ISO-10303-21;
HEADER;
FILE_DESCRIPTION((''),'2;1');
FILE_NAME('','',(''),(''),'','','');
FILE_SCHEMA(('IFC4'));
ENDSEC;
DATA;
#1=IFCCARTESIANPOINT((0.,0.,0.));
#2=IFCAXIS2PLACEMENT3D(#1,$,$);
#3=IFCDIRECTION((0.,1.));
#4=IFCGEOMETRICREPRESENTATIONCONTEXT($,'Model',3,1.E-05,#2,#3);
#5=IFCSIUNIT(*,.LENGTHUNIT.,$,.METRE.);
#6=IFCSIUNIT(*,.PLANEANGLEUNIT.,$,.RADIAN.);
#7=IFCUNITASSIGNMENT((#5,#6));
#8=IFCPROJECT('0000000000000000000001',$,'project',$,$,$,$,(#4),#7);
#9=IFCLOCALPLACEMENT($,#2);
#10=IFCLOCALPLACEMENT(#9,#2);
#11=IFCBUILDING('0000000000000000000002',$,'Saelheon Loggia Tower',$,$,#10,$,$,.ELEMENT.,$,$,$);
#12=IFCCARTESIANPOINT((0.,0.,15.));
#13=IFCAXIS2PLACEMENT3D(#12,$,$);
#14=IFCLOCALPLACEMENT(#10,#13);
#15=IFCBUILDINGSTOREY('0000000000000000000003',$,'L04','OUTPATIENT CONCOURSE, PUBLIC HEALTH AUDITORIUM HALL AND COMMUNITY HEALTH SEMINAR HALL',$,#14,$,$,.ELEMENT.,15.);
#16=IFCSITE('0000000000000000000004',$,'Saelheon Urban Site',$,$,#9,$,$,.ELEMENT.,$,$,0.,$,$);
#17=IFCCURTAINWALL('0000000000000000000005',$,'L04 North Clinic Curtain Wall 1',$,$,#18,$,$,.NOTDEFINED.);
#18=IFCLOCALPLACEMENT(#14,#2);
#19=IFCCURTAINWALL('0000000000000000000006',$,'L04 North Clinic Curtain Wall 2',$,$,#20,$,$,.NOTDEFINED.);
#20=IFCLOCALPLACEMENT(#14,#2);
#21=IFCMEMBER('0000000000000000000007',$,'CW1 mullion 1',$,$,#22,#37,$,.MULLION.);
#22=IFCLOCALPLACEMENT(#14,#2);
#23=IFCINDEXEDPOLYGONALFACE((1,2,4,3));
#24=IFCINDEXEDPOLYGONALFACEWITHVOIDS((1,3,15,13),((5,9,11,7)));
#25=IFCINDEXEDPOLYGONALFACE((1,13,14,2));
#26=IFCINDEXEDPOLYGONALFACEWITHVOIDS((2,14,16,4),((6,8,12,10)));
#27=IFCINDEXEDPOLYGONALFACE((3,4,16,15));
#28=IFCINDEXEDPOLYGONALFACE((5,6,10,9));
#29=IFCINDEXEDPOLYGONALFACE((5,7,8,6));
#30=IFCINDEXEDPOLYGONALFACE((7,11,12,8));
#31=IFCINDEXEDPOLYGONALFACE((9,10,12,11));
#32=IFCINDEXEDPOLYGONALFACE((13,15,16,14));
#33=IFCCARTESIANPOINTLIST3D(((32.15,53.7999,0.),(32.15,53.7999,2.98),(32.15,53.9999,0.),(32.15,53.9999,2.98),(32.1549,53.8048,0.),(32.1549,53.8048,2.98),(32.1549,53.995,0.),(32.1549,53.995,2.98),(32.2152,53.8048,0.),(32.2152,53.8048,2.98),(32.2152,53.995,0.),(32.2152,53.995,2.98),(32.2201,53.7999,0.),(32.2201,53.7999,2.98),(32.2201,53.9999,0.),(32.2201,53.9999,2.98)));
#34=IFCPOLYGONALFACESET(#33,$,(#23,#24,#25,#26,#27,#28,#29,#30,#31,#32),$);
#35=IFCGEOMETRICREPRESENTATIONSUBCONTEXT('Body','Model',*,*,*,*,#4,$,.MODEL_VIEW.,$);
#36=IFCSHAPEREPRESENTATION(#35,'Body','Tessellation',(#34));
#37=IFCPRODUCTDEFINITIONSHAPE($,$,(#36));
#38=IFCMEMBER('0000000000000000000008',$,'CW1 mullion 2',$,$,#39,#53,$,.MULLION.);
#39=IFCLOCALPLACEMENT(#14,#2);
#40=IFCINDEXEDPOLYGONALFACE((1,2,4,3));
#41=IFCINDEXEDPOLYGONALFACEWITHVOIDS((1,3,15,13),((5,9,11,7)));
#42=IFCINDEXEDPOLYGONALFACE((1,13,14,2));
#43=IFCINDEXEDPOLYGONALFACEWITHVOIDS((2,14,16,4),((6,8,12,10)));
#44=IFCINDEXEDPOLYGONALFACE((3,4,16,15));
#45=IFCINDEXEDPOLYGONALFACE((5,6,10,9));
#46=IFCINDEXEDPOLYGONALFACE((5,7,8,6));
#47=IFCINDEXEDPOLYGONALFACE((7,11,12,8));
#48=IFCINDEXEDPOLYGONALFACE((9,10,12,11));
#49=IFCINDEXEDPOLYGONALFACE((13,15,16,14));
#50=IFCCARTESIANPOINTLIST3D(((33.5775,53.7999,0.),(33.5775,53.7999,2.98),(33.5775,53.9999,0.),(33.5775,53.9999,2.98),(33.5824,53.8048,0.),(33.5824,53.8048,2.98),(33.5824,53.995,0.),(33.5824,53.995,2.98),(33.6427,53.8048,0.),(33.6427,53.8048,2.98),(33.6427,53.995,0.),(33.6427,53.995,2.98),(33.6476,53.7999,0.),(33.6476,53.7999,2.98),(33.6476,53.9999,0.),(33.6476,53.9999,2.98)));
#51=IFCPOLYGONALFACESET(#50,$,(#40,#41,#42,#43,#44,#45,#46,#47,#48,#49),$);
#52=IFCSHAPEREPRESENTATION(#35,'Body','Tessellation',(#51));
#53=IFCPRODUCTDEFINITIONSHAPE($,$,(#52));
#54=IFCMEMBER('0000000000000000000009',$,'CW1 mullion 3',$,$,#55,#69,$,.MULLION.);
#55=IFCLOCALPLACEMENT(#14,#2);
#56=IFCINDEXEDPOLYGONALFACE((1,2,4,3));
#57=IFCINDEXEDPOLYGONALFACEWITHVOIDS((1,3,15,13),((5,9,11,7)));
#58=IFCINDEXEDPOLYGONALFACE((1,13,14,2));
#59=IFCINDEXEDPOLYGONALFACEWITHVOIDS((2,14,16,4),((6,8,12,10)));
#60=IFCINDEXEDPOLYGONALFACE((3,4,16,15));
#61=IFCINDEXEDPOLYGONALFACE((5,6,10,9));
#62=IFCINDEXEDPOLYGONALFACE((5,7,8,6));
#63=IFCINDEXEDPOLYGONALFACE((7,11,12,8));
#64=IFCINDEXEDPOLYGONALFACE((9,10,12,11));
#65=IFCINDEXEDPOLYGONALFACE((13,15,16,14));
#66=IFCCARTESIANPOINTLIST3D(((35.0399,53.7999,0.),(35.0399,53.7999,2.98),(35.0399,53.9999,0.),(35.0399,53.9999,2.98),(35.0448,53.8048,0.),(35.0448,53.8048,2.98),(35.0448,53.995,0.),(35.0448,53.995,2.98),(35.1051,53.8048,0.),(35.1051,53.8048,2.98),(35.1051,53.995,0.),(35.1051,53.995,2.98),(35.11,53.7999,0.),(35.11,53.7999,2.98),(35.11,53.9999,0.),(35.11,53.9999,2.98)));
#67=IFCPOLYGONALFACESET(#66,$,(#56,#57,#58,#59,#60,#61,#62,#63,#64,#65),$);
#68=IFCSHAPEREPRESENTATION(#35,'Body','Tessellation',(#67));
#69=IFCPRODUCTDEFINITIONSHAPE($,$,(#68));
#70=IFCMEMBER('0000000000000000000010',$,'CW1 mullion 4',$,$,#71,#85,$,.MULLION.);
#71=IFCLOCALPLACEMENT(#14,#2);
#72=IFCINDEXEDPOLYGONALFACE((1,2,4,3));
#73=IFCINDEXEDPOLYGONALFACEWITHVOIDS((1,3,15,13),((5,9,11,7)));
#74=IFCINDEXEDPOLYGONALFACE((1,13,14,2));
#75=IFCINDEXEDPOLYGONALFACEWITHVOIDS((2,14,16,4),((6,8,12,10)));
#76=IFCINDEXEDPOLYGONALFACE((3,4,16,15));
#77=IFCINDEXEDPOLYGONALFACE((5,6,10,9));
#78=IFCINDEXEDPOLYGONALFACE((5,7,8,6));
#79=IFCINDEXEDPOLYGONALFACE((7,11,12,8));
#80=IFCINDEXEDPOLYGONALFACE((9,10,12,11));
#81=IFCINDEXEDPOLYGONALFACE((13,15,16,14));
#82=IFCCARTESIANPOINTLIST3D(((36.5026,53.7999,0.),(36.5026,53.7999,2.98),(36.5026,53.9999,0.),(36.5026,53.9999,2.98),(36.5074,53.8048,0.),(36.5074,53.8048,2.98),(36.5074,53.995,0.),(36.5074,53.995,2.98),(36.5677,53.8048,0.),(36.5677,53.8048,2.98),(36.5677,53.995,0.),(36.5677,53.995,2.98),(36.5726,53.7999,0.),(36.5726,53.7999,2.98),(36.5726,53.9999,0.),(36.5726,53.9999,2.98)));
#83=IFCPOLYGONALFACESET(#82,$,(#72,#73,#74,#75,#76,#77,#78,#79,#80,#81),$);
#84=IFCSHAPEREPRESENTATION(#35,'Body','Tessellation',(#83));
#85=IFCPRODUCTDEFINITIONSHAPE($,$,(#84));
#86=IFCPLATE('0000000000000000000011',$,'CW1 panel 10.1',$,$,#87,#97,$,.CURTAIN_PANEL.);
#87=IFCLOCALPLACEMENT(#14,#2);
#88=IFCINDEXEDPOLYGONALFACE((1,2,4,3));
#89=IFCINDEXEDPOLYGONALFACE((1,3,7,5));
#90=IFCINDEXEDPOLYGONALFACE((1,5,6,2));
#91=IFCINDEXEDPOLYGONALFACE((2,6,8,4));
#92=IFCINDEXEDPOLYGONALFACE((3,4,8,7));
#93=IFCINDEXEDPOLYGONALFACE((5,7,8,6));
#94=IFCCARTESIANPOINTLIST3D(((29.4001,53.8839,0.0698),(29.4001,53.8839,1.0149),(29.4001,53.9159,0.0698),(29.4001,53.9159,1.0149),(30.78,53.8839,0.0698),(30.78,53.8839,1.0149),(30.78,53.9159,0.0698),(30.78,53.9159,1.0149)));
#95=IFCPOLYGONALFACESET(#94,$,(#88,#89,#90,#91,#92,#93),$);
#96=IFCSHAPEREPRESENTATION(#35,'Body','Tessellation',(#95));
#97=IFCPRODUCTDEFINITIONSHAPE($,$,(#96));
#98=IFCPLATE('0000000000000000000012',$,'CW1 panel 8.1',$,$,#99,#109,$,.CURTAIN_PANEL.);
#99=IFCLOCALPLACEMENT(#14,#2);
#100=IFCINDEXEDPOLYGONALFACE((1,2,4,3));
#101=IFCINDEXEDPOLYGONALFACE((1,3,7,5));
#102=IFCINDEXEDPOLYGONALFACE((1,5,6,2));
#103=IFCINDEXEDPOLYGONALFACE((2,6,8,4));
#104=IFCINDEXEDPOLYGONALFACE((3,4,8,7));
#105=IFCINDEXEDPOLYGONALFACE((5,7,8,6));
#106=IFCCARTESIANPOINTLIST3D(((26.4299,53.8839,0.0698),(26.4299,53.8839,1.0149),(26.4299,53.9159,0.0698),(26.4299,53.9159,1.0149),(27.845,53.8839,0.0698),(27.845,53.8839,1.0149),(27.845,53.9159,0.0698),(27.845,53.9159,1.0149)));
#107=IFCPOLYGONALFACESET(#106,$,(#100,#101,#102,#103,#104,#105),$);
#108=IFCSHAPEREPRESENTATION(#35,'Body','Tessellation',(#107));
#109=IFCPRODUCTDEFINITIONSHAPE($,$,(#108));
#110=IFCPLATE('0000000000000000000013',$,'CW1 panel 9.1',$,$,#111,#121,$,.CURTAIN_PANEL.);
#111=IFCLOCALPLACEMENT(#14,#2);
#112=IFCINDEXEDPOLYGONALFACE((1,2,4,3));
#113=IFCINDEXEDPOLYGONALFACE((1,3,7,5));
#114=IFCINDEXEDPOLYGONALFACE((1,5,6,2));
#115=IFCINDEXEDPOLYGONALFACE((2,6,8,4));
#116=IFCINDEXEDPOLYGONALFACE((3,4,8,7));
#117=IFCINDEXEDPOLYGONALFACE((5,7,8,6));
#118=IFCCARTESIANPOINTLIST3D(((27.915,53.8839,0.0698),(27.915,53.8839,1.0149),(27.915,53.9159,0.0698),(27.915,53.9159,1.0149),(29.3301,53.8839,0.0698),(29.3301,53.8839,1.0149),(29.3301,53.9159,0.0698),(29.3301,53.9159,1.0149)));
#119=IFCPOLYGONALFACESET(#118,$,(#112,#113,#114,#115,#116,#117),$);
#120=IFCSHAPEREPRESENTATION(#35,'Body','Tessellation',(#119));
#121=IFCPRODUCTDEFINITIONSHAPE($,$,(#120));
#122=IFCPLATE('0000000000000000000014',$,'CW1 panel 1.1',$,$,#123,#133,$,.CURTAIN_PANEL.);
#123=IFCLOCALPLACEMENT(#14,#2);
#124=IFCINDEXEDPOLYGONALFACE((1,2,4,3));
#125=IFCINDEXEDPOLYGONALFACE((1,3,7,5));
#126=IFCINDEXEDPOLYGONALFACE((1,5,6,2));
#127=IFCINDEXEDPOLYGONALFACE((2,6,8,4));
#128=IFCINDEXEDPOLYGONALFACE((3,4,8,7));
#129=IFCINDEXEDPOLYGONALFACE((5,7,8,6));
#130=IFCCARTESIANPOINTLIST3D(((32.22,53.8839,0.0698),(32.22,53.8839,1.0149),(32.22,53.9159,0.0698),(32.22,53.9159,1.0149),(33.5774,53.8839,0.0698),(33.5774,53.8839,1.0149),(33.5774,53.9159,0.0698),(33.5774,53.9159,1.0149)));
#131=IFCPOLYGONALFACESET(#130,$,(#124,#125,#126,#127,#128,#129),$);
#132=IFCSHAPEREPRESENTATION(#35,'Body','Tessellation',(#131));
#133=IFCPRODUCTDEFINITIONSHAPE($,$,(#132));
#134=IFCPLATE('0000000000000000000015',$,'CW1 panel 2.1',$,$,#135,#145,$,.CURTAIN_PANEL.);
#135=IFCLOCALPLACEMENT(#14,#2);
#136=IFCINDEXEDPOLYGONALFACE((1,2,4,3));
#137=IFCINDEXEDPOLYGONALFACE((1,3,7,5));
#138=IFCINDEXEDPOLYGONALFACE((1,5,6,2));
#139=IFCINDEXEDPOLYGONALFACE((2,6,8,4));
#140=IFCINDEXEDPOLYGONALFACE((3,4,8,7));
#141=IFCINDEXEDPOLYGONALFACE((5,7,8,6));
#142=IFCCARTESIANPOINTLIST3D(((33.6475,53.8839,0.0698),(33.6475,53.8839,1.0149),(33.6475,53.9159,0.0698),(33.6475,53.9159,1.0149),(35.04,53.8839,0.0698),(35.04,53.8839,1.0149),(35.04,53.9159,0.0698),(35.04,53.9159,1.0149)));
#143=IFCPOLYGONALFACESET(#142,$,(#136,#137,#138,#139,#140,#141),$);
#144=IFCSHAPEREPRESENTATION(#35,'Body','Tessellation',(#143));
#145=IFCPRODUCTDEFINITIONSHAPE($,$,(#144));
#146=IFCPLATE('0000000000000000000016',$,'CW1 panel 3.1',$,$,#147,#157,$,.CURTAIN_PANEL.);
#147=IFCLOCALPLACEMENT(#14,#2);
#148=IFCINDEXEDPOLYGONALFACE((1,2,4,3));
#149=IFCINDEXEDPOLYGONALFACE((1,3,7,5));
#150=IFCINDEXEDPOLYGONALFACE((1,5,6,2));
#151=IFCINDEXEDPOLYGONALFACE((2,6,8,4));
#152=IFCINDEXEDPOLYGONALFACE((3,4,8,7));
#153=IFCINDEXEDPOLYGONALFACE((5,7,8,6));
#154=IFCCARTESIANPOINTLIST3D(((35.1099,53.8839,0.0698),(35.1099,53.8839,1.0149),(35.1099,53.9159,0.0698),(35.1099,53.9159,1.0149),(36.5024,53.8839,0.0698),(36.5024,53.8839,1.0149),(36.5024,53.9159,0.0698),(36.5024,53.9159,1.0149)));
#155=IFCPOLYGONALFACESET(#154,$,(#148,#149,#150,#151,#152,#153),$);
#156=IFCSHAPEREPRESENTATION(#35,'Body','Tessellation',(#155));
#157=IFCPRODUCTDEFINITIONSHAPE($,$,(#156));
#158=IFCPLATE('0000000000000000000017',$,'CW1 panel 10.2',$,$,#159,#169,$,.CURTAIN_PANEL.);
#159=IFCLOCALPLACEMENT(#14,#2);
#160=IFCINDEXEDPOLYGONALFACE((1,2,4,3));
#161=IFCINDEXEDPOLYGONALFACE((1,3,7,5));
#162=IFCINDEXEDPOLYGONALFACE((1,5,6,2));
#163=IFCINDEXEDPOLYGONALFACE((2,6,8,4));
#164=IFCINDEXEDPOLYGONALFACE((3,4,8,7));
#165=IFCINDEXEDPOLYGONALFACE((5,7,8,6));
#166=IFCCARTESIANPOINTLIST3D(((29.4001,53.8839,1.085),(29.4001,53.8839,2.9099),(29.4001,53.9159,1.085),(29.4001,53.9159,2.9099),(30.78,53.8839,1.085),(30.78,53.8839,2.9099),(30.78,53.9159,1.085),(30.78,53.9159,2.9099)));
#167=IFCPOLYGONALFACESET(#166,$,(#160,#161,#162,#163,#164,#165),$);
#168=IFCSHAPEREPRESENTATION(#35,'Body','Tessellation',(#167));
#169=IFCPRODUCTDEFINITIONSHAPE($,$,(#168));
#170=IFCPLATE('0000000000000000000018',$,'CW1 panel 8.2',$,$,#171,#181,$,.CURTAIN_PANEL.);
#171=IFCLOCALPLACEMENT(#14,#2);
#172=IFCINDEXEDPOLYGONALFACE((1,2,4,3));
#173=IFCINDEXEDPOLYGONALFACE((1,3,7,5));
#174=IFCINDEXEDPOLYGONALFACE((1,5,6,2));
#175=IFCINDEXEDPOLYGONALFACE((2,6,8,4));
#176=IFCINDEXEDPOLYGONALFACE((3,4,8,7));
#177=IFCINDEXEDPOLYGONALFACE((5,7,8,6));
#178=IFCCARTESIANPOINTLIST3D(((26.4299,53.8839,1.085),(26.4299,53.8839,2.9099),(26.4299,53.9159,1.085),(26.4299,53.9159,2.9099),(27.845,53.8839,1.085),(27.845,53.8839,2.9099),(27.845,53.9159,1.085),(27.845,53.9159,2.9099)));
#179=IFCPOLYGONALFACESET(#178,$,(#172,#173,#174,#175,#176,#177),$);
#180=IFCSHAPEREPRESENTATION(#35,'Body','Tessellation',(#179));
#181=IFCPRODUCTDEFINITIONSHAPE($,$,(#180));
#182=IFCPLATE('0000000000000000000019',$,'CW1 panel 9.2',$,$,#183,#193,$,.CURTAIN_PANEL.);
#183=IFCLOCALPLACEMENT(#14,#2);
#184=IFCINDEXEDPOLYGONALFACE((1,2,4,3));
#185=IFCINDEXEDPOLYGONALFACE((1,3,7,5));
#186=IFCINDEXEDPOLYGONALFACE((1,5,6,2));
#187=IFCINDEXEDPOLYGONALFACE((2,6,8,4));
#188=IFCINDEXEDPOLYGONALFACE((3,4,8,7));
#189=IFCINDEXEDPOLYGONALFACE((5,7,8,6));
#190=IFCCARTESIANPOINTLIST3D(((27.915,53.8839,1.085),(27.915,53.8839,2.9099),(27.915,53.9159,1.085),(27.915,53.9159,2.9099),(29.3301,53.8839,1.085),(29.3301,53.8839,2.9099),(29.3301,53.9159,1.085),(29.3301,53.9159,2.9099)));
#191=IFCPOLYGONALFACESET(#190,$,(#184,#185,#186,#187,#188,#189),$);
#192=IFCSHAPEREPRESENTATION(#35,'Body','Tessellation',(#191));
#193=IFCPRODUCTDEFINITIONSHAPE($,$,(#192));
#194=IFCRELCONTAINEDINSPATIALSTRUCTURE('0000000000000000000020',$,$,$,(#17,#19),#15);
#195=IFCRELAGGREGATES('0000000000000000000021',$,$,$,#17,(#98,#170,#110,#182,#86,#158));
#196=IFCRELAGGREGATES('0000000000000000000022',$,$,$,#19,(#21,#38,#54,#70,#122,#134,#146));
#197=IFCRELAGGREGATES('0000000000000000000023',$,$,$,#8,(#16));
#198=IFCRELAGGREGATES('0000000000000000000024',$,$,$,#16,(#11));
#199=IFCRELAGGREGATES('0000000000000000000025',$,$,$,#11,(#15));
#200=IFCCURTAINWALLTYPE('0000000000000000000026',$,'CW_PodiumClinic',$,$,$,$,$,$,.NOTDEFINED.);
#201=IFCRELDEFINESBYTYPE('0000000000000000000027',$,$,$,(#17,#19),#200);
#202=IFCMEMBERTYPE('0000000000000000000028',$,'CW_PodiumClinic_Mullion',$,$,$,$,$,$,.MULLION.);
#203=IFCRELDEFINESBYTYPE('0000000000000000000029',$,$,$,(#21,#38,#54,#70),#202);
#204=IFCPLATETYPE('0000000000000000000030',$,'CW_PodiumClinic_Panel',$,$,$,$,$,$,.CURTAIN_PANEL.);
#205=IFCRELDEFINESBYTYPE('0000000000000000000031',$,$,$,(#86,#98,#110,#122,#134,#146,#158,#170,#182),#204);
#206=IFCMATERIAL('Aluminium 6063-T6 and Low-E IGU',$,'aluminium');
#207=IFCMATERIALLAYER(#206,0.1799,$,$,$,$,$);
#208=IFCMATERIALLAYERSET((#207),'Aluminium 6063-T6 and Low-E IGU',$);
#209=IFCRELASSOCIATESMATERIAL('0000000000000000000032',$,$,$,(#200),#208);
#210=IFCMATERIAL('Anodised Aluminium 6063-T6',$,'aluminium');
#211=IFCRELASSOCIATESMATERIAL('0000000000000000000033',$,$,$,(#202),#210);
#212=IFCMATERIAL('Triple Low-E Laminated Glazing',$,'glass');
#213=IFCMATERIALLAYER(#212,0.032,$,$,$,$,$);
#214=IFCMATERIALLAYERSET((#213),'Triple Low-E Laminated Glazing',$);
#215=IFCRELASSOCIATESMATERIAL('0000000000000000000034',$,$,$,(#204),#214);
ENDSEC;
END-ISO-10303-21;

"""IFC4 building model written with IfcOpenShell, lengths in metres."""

from ifc_helpers import new_model, si_unit, direction, frame, origin, origin_2d, place, context, subcontext, project, spatial, rectangle, hollow_rectangle, extrude, source, transform, mapped, material, layer, layer_set, material_profile, profile_set, type_object, element, aggregate, save


model = new_model("IFC4")

# Units and contexts
model_context = context("Model", 3, precision=1e-05, world=origin(), true_north=direction((0.0, 1.0)))
body_context = subcontext(model_context, "Body", "Model", "MODEL_VIEW")
ifc_project = project(units=[si_unit("LENGTHUNIT", "METRE"), si_unit("PLANEANGLEUNIT", "RADIAN")], contexts=[model_context])

# Site, building, storey
site_placement = place(None, origin())
site = spatial("IfcSite", under=ifc_project, at=site_placement, Name="Saelheon Urban Site", CompositionType="ELEMENT", RefElevation=0.0)
building_placement = place(site_placement, origin())
building = spatial("IfcBuilding", under=site, at=building_placement, Name="Saelheon Loggia Tower", CompositionType="ELEMENT")
storey_placement = place(building_placement, frame((0.0, 0.0, 15.0)))
storey = spatial("IfcBuildingStorey", under=building, at=storey_placement, Name="L04", Description="OUTPATIENT CONCOURSE, PUBLIC HEALTH AUDITORIUM HALL AND COMMUNITY HEALTH SEMINAR HALL", CompositionType="ELEMENT", Elevation=15.0)

# Curtain walls
ifc_material_1 = material(Name="Aluminium 6063-T6 and Low-E IGU", Category="aluminium")
ifc_layer_1 = layer(ifc_material_1, 0.1799)
ifc_layer_set_1 = layer_set([ifc_layer_1], Name="Aluminium 6063-T6 and Low-E IGU")
curtain_wall_type = type_object("IfcCurtainWallType", Name="CW_PodiumClinic", PredefinedType="NOTDEFINED", material=ifc_layer_set_1)
curtain_wall_1_placement = place(storey_placement, origin())
curtain_wall_1 = element("IfcCurtainWall", 1, at=curtain_wall_1_placement, inside=storey, type_object=curtain_wall_type, Name="L04 North Clinic Curtain Wall 1", PredefinedType="NOTDEFINED")
ifc_material_2 = material(Name="Anodised Aluminium 6063-T6", Category="aluminium")
curtain_wall_2_placement = place(storey_placement, origin())
curtain_wall_2 = element("IfcCurtainWall", 2, at=curtain_wall_2_placement, inside=storey, type_object=curtain_wall_type, Name="L04 North Clinic Curtain Wall 2", PredefinedType="NOTDEFINED")

# Members
ifc_material_profile_1 = material_profile(ifc_material_2, hollow_rectangle(XDim=0.0701, YDim=0.2, WallThickness=0.0049, at=origin_2d()), Name="RHS-200x70x5")
ifc_profile_set_1 = profile_set([ifc_material_profile_1], Name="Anodised Aluminium 6063-T6")
member_type_1 = type_object("IfcMemberType", Name="CW_PodiumClinic_Mullion", PredefinedType="MULLION", material=ifc_profile_set_1)
shared_shape_1 = source(origin(), body_context, "Body", "SweptSolid", [
    extrude(hollow_rectangle(XDim=0.0701, YDim=0.2, WallThickness=0.0049, at=origin_2d()), origin(), (0.0, 0.0, 1.0), 2.98),
])
member_1_placement = place(storey_placement, frame((32.1851, 53.8999, 0.0), z_axis=(0.0, 0.0, 1.0), x_axis=(1.0, 0.0, 0.0)))
member_1 = element("IfcMember", 3, at=member_1_placement, type_object=member_type_1, Name="CW1 mullion 1", PredefinedType="MULLION", context=body_context, shape_type="MappedRepresentation", body=[
    mapped(shared_shape_1, transform((0.0, 0.0, 0.0), scale=1.0)),
])
member_2_placement = place(storey_placement, frame((33.6125, 53.8999, 0.0), z_axis=(0.0, 0.0, 1.0), x_axis=(1.0, 0.0, 0.0)))
member_2 = element("IfcMember", 4, at=member_2_placement, type_object=member_type_1, Name="CW1 mullion 2", PredefinedType="MULLION", context=body_context, shape_type="MappedRepresentation", body=[
    mapped(shared_shape_1, transform((0.0, 0.0, 0.0), scale=1.0)),
])
member_3_placement = place(storey_placement, frame((35.075, 53.8999, 0.0), z_axis=(0.0, 0.0, 1.0), x_axis=(1.0, 0.0, 0.0)))
member_3 = element("IfcMember", 5, at=member_3_placement, type_object=member_type_1, Name="CW1 mullion 3", PredefinedType="MULLION", context=body_context, shape_type="MappedRepresentation", body=[
    mapped(shared_shape_1, transform((0.0, 0.0, 0.0), scale=1.0)),
])
member_4_placement = place(storey_placement, frame((36.5376, 53.8999, 0.0), z_axis=(0.0, 0.0, 1.0), x_axis=(1.0, 0.0, 0.0)))
member_4 = element("IfcMember", 6, at=member_4_placement, type_object=member_type_1, Name="CW1 mullion 4", PredefinedType="MULLION", context=body_context, shape_type="MappedRepresentation", body=[
    mapped(shared_shape_1, transform((0.0, 0.0, 0.0), scale=1.0)),
])

# Plates
ifc_material_3 = material(Name="Triple Low-E Laminated Glazing", Category="glass")
ifc_layer_2 = layer(ifc_material_3, 0.032)
ifc_layer_set_2 = layer_set([ifc_layer_2], Name="Triple Low-E Laminated Glazing")
plate_type = type_object("IfcPlateType", Name="CW_PodiumClinic_Panel", PredefinedType="CURTAIN_PANEL", material=ifc_layer_set_2)
shared_shape_2 = source(origin(), body_context, "Body", "SweptSolid", [
    extrude(rectangle(XDim=1.3799, YDim=0.032, at=origin_2d()), origin(), (0.0, 0.0, 1.0), 0.9451),
])
plate_1_placement = place(storey_placement, frame((30.0901, 53.8999, 0.0698), z_axis=(0.0, 0.0, 1.0), x_axis=(1.0, 0.0, 0.0)))
plate_1 = element("IfcPlate", 7, at=plate_1_placement, type_object=plate_type, Name="CW1 panel 10.1", PredefinedType="CURTAIN_PANEL", context=body_context, shape_type="MappedRepresentation", body=[
    mapped(shared_shape_2, transform((0.0, 0.0, 0.0), scale=1.0)),
])
shared_shape_3 = source(origin(), body_context, "Body", "SweptSolid", [
    extrude(rectangle(XDim=1.415, YDim=0.032, at=origin_2d()), origin(), (0.0, 0.0, 1.0), 0.9451),
])
plate_2_placement = place(storey_placement, frame((27.1375, 53.8999, 0.0698), z_axis=(0.0, 0.0, 1.0), x_axis=(1.0, 0.0, 0.0)))
plate_2 = element("IfcPlate", 8, at=plate_2_placement, type_object=plate_type, Name="CW1 panel 8.1", PredefinedType="CURTAIN_PANEL", context=body_context, shape_type="MappedRepresentation", body=[
    mapped(shared_shape_3, transform((0.0, 0.0, 0.0), scale=1.0)),
])
plate_3_placement = place(storey_placement, frame((28.6226, 53.8999, 0.0698), z_axis=(0.0, 0.0, 1.0), x_axis=(1.0, 0.0, 0.0)))
plate_3 = element("IfcPlate", 9, at=plate_3_placement, type_object=plate_type, Name="CW1 panel 9.1", PredefinedType="CURTAIN_PANEL", context=body_context, shape_type="MappedRepresentation", body=[
    mapped(shared_shape_3, transform((0.0, 0.0, 0.0), scale=1.0)),
])
shared_shape_4 = source(origin(), body_context, "Body", "SweptSolid", [
    extrude(rectangle(XDim=1.3574, YDim=0.032, at=origin_2d()), origin(), (0.0, 0.0, 1.0), 0.9451),
])
plate_4_placement = place(storey_placement, frame((32.8987, 53.8999, 0.0698), z_axis=(0.0, 0.0, 1.0), x_axis=(1.0, 0.0, 0.0)))
plate_4 = element("IfcPlate", 10, at=plate_4_placement, type_object=plate_type, Name="CW1 panel 1.1", PredefinedType="CURTAIN_PANEL", context=body_context, shape_type="MappedRepresentation", body=[
    mapped(shared_shape_4, transform((0.0, 0.0, 0.0), scale=1.0)),
])
shared_shape_5 = source(origin(), body_context, "Body", "SweptSolid", [
    extrude(rectangle(XDim=1.3926, YDim=0.032, at=origin_2d()), origin(), (0.0, 0.0, 1.0), 0.9451),
])
plate_5_placement = place(storey_placement, frame((34.3438, 53.8999, 0.0698), z_axis=(0.0, 0.0, 1.0), x_axis=(1.0, 0.0, 0.0)))
plate_5 = element("IfcPlate", 11, at=plate_5_placement, type_object=plate_type, Name="CW1 panel 2.1", PredefinedType="CURTAIN_PANEL", context=body_context, shape_type="MappedRepresentation", body=[
    mapped(shared_shape_5, transform((0.0, 0.0, 0.0), scale=1.0)),
])
plate_6_placement = place(storey_placement, frame((35.8062, 53.8999, 0.0698), z_axis=(0.0, 0.0, 1.0), x_axis=(1.0, 0.0, 0.0)))
plate_6 = element("IfcPlate", 12, at=plate_6_placement, type_object=plate_type, Name="CW1 panel 3.1", PredefinedType="CURTAIN_PANEL", context=body_context, shape_type="MappedRepresentation", body=[
    mapped(shared_shape_5, transform((0.0, 0.0, 0.0), scale=1.0)),
])
shared_shape_6 = source(origin(), body_context, "Body", "SweptSolid", [
    extrude(rectangle(XDim=1.3799, YDim=0.032, at=origin_2d()), origin(), (0.0, 0.0, 1.0), 1.825),
])
plate_7_placement = place(storey_placement, frame((30.0901, 53.8999, 1.085), z_axis=(0.0, 0.0, 1.0), x_axis=(1.0, 0.0, 0.0)))
plate_7 = element("IfcPlate", 13, at=plate_7_placement, type_object=plate_type, Name="CW1 panel 10.2", PredefinedType="CURTAIN_PANEL", context=body_context, shape_type="MappedRepresentation", body=[
    mapped(shared_shape_6, transform((0.0, 0.0, 0.0), scale=1.0)),
])
shared_shape_7 = source(origin(), body_context, "Body", "SweptSolid", [
    extrude(rectangle(XDim=1.415, YDim=0.032, at=origin_2d()), origin(), (0.0, 0.0, 1.0), 1.825),
])
plate_8_placement = place(storey_placement, frame((27.1375, 53.8999, 1.085), z_axis=(0.0, 0.0, 1.0), x_axis=(1.0, 0.0, 0.0)))
plate_8 = element("IfcPlate", 14, at=plate_8_placement, type_object=plate_type, Name="CW1 panel 8.2", PredefinedType="CURTAIN_PANEL", context=body_context, shape_type="MappedRepresentation", body=[
    mapped(shared_shape_7, transform((0.0, 0.0, 0.0), scale=1.0)),
])
plate_9_placement = place(storey_placement, frame((28.6226, 53.8999, 1.085), z_axis=(0.0, 0.0, 1.0), x_axis=(1.0, 0.0, 0.0)))
plate_9 = element("IfcPlate", 15, at=plate_9_placement, type_object=plate_type, Name="CW1 panel 9.2", PredefinedType="CURTAIN_PANEL", context=body_context, shape_type="MappedRepresentation", body=[
    mapped(shared_shape_7, transform((0.0, 0.0, 0.0), scale=1.0)),
])
aggregate(curtain_wall_1, [plate_2, plate_8, plate_3, plate_9, plate_1, plate_7])
aggregate(curtain_wall_2, [member_1, member_2, member_3, member_4, plate_4, plate_5, plate_6])

save(model, "model.ifc")
